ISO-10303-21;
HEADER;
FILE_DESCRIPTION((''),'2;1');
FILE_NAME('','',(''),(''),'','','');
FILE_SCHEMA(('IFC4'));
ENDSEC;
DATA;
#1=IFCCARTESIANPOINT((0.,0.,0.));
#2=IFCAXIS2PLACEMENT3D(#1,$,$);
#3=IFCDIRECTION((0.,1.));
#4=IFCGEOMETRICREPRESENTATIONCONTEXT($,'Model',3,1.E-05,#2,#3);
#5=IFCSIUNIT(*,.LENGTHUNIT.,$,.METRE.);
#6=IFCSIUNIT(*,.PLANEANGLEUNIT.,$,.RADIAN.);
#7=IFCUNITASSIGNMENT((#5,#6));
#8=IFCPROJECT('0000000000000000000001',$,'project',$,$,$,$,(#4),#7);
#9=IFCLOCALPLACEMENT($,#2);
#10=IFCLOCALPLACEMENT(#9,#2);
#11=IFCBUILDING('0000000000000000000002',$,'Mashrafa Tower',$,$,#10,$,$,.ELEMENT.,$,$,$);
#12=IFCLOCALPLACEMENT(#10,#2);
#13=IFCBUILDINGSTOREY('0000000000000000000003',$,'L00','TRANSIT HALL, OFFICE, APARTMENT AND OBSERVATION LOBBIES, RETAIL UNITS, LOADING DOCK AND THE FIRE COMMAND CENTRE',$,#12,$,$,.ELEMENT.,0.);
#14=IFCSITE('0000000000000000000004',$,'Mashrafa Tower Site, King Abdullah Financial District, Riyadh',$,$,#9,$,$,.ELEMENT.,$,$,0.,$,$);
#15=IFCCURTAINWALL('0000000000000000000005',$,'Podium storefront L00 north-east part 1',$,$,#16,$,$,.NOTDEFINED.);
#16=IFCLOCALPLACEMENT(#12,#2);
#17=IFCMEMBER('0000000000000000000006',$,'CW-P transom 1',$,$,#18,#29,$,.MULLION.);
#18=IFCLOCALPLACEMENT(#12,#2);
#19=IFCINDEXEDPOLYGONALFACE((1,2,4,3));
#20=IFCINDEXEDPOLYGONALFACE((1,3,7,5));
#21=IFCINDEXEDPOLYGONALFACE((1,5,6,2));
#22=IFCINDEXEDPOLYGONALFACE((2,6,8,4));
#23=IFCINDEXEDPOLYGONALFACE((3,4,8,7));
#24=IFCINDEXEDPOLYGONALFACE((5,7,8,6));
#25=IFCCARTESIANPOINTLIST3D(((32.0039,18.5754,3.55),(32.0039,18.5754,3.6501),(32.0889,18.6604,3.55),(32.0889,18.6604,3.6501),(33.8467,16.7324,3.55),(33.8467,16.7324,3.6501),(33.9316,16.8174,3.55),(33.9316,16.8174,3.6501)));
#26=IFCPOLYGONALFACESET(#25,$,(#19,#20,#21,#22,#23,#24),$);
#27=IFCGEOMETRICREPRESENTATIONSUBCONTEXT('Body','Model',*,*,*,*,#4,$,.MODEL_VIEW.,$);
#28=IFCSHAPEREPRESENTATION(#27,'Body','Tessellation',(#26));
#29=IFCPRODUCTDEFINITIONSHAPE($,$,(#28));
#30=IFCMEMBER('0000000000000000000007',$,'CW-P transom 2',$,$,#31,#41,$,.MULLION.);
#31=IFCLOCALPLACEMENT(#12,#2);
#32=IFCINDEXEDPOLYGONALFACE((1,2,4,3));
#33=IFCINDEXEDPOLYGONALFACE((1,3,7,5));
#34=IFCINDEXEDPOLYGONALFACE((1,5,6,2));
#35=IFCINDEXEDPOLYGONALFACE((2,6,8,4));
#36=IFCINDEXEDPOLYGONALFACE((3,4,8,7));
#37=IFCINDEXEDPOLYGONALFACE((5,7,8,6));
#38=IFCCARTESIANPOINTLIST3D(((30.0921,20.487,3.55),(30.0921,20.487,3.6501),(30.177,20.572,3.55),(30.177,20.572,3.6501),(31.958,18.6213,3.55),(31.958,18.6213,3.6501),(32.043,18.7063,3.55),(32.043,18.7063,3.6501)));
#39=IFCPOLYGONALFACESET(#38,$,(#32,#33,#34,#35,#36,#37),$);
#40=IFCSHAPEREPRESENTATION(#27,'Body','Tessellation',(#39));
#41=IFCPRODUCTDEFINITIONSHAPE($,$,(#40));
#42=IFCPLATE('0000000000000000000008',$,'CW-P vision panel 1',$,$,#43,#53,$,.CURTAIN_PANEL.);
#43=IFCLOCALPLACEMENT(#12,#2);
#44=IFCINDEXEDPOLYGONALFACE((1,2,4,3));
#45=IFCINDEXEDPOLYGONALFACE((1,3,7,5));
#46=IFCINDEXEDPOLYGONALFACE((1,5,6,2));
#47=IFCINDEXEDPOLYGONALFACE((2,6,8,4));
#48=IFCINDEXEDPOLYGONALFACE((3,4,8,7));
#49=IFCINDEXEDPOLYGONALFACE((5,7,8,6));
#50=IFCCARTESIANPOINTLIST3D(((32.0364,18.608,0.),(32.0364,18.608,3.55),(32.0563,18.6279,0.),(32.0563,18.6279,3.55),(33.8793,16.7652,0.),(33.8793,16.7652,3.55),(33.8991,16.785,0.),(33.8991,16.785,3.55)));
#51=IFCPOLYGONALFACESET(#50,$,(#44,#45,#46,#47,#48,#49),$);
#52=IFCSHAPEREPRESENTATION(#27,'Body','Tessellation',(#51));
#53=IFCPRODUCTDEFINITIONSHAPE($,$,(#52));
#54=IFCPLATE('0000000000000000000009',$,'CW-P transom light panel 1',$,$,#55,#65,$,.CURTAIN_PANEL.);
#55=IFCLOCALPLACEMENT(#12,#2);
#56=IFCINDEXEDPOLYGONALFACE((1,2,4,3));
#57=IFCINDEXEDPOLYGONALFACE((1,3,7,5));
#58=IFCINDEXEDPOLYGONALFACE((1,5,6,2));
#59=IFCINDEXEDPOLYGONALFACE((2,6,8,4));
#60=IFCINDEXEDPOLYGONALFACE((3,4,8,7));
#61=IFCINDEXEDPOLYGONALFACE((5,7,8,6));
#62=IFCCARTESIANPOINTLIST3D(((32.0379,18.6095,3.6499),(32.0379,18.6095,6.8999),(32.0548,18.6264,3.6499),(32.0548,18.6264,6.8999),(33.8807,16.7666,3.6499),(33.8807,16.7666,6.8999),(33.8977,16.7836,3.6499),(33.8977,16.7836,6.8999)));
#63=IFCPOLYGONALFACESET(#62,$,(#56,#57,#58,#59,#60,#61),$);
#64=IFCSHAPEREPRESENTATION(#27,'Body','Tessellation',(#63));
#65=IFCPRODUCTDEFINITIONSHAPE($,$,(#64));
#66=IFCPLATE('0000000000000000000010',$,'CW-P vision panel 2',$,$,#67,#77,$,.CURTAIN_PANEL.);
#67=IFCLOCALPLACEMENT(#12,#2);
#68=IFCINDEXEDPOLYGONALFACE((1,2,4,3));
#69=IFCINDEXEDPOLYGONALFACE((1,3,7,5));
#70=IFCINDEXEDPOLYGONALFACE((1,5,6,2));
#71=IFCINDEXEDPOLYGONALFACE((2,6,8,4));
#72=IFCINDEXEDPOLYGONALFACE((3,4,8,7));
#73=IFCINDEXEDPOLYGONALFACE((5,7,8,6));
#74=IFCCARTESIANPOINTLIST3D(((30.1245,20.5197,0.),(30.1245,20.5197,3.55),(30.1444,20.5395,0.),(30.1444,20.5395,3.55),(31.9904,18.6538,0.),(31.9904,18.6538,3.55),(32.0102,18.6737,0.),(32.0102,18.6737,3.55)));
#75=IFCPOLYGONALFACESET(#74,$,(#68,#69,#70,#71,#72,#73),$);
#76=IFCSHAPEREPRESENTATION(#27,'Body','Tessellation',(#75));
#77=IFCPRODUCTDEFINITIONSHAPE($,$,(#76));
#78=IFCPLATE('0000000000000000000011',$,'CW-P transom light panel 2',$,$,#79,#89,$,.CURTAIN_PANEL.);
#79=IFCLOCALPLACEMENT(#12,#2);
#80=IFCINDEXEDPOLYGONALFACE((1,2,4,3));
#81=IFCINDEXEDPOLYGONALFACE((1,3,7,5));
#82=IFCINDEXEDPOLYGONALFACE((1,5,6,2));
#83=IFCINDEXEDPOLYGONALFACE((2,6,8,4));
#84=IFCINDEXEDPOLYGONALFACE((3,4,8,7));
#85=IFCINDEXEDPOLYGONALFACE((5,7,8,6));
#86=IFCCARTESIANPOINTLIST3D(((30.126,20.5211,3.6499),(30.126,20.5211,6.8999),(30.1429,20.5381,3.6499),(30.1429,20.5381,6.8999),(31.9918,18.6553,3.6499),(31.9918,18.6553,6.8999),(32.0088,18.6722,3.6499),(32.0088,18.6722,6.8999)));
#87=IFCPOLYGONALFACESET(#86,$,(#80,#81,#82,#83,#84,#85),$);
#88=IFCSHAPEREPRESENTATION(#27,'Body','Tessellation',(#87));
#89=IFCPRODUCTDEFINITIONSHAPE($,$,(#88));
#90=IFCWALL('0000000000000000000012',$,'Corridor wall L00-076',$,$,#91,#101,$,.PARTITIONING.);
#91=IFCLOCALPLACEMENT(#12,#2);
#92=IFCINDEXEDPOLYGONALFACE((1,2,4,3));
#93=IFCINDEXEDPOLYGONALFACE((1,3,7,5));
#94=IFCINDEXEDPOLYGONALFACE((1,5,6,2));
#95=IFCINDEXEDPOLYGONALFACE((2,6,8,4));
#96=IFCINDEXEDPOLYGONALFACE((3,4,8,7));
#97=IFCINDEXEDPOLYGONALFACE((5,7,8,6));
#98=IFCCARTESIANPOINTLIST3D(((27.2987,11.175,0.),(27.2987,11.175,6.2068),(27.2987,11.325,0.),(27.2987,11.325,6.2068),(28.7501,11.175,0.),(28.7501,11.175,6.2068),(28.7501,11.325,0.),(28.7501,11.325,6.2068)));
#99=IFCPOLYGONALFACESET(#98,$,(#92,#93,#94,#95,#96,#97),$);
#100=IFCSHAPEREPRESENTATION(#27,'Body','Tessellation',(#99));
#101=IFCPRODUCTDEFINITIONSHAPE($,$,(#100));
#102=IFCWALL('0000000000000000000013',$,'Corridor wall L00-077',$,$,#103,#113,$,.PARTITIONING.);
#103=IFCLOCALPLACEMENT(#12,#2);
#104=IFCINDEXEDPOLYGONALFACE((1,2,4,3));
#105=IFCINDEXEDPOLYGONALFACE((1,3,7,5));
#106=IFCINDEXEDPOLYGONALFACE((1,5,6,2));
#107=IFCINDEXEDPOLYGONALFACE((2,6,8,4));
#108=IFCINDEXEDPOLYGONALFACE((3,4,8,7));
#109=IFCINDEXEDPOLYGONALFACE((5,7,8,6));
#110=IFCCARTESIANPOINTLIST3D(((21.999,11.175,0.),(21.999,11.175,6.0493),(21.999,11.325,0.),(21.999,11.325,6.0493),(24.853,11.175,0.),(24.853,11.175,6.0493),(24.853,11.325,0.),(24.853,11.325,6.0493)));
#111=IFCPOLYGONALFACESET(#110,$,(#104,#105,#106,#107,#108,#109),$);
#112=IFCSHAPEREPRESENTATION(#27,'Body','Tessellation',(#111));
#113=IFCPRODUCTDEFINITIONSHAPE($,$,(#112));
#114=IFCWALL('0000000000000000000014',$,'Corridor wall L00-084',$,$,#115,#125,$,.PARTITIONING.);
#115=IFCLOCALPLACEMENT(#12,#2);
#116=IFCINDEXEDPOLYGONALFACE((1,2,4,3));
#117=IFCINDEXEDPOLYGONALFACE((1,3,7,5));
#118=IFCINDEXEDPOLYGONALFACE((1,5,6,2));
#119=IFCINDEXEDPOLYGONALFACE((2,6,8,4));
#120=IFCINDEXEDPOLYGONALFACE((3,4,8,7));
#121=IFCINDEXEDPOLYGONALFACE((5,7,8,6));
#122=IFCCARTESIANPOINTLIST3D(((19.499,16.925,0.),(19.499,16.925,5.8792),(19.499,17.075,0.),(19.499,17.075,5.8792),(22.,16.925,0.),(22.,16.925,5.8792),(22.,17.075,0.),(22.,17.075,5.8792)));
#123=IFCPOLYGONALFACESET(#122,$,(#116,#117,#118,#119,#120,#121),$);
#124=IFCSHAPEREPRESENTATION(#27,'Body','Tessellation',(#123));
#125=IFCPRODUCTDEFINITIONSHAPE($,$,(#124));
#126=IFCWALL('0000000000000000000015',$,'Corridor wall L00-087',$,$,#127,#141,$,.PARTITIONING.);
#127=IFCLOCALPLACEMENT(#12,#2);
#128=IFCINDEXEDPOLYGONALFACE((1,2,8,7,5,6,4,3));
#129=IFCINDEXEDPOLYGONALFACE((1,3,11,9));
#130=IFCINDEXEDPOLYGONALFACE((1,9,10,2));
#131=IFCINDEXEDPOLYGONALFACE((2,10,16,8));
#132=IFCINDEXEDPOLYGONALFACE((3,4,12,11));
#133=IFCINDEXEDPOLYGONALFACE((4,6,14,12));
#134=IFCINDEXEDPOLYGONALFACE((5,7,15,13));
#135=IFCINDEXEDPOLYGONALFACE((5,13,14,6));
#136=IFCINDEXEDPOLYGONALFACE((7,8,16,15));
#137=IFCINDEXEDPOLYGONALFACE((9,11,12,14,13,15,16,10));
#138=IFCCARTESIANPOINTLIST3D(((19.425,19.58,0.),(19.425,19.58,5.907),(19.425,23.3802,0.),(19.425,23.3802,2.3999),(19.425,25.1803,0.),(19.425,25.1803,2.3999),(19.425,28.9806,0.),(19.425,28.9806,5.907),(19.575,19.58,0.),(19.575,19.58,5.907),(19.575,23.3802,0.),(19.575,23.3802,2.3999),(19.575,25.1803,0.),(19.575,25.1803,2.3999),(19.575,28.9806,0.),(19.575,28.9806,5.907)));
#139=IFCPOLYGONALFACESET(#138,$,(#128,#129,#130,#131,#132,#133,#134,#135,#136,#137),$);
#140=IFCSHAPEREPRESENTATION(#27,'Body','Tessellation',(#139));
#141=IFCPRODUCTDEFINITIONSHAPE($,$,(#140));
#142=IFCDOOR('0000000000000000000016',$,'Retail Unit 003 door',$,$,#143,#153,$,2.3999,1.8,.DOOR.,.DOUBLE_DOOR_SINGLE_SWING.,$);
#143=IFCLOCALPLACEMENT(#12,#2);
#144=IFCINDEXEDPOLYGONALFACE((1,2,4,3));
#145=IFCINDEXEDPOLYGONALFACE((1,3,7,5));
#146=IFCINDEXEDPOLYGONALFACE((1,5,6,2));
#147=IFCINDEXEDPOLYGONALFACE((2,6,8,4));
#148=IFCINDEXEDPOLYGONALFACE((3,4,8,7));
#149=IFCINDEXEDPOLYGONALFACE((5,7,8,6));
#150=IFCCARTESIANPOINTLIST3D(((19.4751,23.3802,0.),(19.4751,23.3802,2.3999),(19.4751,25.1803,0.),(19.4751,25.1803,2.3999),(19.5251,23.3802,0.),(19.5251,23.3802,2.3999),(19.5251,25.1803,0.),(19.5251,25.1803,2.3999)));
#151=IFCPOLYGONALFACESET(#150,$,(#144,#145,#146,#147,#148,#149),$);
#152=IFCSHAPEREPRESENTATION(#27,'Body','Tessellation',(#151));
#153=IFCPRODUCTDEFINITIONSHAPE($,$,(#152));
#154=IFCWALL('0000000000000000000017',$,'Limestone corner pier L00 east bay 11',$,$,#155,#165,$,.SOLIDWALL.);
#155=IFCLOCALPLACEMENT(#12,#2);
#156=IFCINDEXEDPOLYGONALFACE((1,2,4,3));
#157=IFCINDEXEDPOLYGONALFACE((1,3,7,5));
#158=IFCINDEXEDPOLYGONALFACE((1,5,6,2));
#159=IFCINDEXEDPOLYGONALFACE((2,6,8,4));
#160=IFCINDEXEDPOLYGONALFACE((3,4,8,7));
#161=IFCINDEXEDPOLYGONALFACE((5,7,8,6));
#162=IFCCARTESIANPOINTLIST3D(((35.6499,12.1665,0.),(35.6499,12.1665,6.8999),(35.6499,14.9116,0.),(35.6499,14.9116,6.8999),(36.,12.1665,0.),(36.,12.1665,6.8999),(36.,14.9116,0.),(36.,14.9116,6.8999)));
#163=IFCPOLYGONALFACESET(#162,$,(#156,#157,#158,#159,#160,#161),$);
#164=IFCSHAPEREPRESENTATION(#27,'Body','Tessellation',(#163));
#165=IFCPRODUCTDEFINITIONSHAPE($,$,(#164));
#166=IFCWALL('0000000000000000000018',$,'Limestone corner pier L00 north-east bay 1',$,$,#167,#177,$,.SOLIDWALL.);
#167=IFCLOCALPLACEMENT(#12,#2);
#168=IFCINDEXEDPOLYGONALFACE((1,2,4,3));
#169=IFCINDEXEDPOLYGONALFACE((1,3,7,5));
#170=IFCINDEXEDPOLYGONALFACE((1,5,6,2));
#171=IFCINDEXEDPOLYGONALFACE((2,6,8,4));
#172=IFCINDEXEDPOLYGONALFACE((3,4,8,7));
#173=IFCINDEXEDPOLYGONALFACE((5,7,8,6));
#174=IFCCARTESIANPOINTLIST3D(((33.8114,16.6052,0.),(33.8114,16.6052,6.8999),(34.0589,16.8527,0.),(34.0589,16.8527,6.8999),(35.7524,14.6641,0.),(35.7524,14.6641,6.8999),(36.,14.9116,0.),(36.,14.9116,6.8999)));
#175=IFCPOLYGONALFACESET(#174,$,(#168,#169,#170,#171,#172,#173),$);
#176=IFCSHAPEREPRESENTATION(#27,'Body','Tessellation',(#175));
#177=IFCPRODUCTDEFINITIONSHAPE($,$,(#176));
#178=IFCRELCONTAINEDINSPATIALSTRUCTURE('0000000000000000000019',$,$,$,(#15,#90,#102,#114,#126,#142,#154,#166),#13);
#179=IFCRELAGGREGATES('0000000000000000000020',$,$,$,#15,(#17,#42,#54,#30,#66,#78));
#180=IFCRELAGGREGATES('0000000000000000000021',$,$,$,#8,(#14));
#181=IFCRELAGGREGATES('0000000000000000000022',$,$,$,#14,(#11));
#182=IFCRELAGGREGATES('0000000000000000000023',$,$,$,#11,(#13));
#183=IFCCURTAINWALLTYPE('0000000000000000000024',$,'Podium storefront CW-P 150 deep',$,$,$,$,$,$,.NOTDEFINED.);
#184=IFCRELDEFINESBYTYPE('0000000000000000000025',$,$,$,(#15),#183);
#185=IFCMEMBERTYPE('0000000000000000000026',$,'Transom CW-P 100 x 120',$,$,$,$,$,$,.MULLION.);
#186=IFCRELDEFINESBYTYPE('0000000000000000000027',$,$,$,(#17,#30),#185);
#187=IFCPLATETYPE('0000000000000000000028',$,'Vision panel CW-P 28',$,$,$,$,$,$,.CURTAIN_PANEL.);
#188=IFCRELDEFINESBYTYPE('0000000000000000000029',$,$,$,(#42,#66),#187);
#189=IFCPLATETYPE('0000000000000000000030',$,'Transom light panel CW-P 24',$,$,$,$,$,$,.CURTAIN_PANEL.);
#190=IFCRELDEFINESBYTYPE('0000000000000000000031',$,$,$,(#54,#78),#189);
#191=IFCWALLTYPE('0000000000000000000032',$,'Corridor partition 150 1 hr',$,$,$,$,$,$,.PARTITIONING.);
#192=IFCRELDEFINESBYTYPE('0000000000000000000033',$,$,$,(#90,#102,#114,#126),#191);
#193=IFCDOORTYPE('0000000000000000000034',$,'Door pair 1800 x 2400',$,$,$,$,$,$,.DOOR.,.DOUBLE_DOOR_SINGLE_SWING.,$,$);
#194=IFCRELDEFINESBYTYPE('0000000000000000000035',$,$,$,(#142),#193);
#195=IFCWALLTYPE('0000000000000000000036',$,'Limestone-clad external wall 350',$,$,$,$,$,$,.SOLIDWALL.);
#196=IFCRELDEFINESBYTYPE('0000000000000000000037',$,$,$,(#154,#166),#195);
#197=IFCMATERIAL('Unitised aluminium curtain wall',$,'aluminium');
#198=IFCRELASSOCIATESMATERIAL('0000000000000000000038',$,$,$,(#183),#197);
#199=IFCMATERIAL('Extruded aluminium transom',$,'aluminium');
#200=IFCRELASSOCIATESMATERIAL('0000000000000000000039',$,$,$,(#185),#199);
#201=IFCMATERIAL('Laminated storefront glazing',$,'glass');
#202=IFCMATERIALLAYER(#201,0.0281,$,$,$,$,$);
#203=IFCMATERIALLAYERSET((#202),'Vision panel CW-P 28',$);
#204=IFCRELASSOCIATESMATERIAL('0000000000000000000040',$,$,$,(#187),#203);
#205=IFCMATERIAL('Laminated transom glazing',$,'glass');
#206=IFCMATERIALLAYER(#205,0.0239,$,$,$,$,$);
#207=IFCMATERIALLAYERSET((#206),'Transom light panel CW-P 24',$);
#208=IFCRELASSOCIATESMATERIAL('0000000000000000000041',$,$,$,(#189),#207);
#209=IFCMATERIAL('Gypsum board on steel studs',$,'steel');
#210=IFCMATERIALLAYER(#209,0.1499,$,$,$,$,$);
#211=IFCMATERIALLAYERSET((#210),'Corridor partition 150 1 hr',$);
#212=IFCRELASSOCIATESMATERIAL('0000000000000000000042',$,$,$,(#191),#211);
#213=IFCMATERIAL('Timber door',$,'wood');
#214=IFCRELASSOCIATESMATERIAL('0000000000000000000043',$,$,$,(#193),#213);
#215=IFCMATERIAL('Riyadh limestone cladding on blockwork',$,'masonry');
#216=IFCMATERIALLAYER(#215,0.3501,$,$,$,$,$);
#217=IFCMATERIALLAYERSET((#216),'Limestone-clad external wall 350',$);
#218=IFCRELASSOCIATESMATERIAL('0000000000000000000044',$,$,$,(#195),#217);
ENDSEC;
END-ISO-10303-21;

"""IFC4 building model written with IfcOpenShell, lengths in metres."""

from ifc_helpers import new_model, si_unit, direction, frame, frame_2d, origin, origin_2d, place, context, subcontext, project, spatial, rectangle, extrude, source, transform, mapped, material, layer, layer_set, material_profile, profile_set, type_object, type_shapes, element, fill, aggregate, save


model = new_model("IFC4")

# Units and contexts
model_context = context("Model", 3, precision=1e-05, world=origin(), true_north=direction((0.0, 1.0)))
body_context = subcontext(model_context, "Body", "Model", "MODEL_VIEW")
ifc_project = project(units=[si_unit("LENGTHUNIT", "METRE"), si_unit("PLANEANGLEUNIT", "RADIAN")], contexts=[model_context])

# Site, building, storey
site_placement = place(None, origin())
site = spatial("IfcSite", under=ifc_project, at=site_placement, Name="Mashrafa Tower Site, King Abdullah Financial District, Riyadh", CompositionType="ELEMENT", RefElevation=0.0)
building_placement = place(site_placement, origin())
building = spatial("IfcBuilding", under=site, at=building_placement, Name="Mashrafa Tower", CompositionType="ELEMENT")
storey_placement = place(building_placement, origin())
storey = spatial("IfcBuildingStorey", under=building, at=storey_placement, Name="L00", Description="TRANSIT HALL, OFFICE, APARTMENT AND OBSERVATION LOBBIES, RETAIL UNITS, LOADING DOCK AND THE FIRE COMMAND CENTRE", CompositionType="ELEMENT", Elevation=0.0)

# Curtain wall, members, plates
ifc_material_1 = material(Name="Unitised aluminium curtain wall", Category="aluminium")
curtain_wall_type = type_object("IfcCurtainWallType", Name="Podium storefront CW-P 150 deep", PredefinedType="NOTDEFINED", material=ifc_material_1)
curtain_wall_placement = place(storey_placement, origin())
curtain_wall = element("IfcCurtainWall", 1, at=curtain_wall_placement, inside=storey, type_object=curtain_wall_type, Name="Podium storefront L00 north-east part 1", PredefinedType="NOTDEFINED")
ifc_material_2 = material(Name="Extruded aluminium transom", Category="aluminium")
ifc_material_profile_1 = material_profile(ifc_material_2, rectangle(XDim=0.1201, YDim=0.1001, at=origin_2d()), Name="Transom 100x120")
ifc_profile_set_1 = profile_set([ifc_material_profile_1], Name="Extruded aluminium transom")
member_type_1 = type_object("IfcMemberType", Name="Transom CW-P 100 x 120", PredefinedType="MULLION", material=ifc_profile_set_1)
shared_shape_1 = source(origin(), body_context, "Body", "SweptSolid", [
    extrude(rectangle(XDim=0.1201, YDim=0.1001, at=origin_2d()), origin(), (0.0, 0.0, 1.0), 2.6062),
])
member_1_placement = place(storey_placement, frame((33.8892, 16.7749, 3.6001), z_axis=(-0.70706, 0.707154, 0.0), x_axis=(-0.707154, -0.70706, 0.0)))
member_1 = element("IfcMember", 2, at=member_1_placement, type_object=member_type_1, Name="CW-P transom 1", PredefinedType="MULLION", context=body_context, shape_type="MappedRepresentation", body=[
    mapped(shared_shape_1, transform((0.0, 0.0, 0.0))),
])
shared_shape_2 = source(origin(), body_context, "Body", "SweptSolid", [
    extrude(rectangle(XDim=0.1201, YDim=0.1001, at=origin_2d()), origin(), (0.0, 0.0, 1.0), 2.6387),
])
type_shapes(member_type_1, [shared_shape_1, shared_shape_2])
member_2_placement = place(storey_placement, frame((32.0005, 18.6638, 3.6001), z_axis=(-0.707153, 0.707061, 0.0), x_axis=(-0.707061, -0.707153, 0.0)))
member_2 = element("IfcMember", 3, at=member_2_placement, type_object=member_type_1, Name="CW-P transom 2", PredefinedType="MULLION", context=body_context, shape_type="MappedRepresentation", body=[
    mapped(shared_shape_2, transform((0.0, 0.0, 0.0))),
])
ifc_material_3 = material(Name="Laminated storefront glazing", Category="glass")
ifc_layer_1 = layer(ifc_material_3, 0.0281)
ifc_layer_set_1 = layer_set([ifc_layer_1], Name="Vision panel CW-P 28")
plate_type_1 = type_object("IfcPlateType", Name="Vision panel CW-P 28", PredefinedType="CURTAIN_PANEL", material=ifc_layer_set_1)
shared_shape_3 = source(origin(), body_context, "Body", "SweptSolid", [
    extrude(rectangle(XDim=2.6062, YDim=0.0281, at=origin_2d()), origin(), (0.0, 0.0, 1.0), 3.55),
])
plate_1_placement = place(storey_placement, frame((32.9678, 17.6965, 0.0), z_axis=(0.0, 0.0, 1.0), x_axis=(-0.707107, 0.707107, 0.0)))
plate_1 = element("IfcPlate", 4, at=plate_1_placement, type_object=plate_type_1, Name="CW-P vision panel 1", PredefinedType="CURTAIN_PANEL", context=body_context, shape_type="MappedRepresentation", body=[
    mapped(shared_shape_3, transform((0.0, 0.0, 0.0))),
])
ifc_material_4 = material(Name="Laminated transom glazing", Category="glass")
ifc_layer_2 = layer(ifc_material_4, 0.0239)
ifc_layer_set_2 = layer_set([ifc_layer_2], Name="Transom light panel CW-P 24")
plate_type_2 = type_object("IfcPlateType", Name="Transom light panel CW-P 24", PredefinedType="CURTAIN_PANEL", material=ifc_layer_set_2)
shared_shape_4 = source(origin(), body_context, "Body", "SweptSolid", [
    extrude(rectangle(XDim=2.6062, YDim=0.0239, at=origin_2d()), origin(), (0.0, 0.0, 1.0), 3.25),
])
plate_2_placement = place(storey_placement, frame((32.9678, 17.6965, 3.6499), z_axis=(0.0, 0.0, 1.0), x_axis=(-0.707107, 0.707107, 0.0)))
plate_2 = element("IfcPlate", 5, at=plate_2_placement, type_object=plate_type_2, Name="CW-P transom light panel 1", PredefinedType="CURTAIN_PANEL", context=body_context, shape_type="MappedRepresentation", body=[
    mapped(shared_shape_4, transform((0.0, 0.0, 0.0))),
])
shared_shape_5 = source(origin(), body_context, "Body", "SweptSolid", [
    extrude(rectangle(XDim=2.6387, YDim=0.0281, at=origin_2d()), origin(), (0.0, 0.0, 1.0), 3.55),
])
type_shapes(plate_type_1, [shared_shape_3, shared_shape_5])
plate_3_placement = place(storey_placement, frame((31.0674, 19.5967, 0.0), z_axis=(0.0, 0.0, 1.0), x_axis=(-0.707107, 0.707107, 0.0)))
plate_3 = element("IfcPlate", 6, at=plate_3_placement, type_object=plate_type_1, Name="CW-P vision panel 2", PredefinedType="CURTAIN_PANEL", context=body_context, shape_type="MappedRepresentation", body=[
    mapped(shared_shape_5, transform((0.0, 0.0, 0.0))),
])
shared_shape_6 = source(origin(), body_context, "Body", "SweptSolid", [
    extrude(rectangle(XDim=2.6387, YDim=0.0239, at=origin_2d()), origin(), (0.0, 0.0, 1.0), 3.25),
])
type_shapes(plate_type_2, [shared_shape_4, shared_shape_6])
plate_4_placement = place(storey_placement, frame((31.0674, 19.5967, 3.6499), z_axis=(0.0, 0.0, 1.0), x_axis=(-0.707107, 0.707107, 0.0)))
plate_4 = element("IfcPlate", 7, at=plate_4_placement, type_object=plate_type_2, Name="CW-P transom light panel 2", PredefinedType="CURTAIN_PANEL", context=body_context, shape_type="MappedRepresentation", body=[
    mapped(shared_shape_6, transform((0.0, 0.0, 0.0))),
])
aggregate(curtain_wall, [member_1, plate_1, plate_2, member_2, plate_3, plate_4])

# Walls
ifc_material_5 = material(Name="Gypsum board on steel studs", Category="steel")
ifc_layer_3 = layer(ifc_material_5, 0.1499)
ifc_layer_set_3 = layer_set([ifc_layer_3], Name="Corridor partition 150 1 hr")
wall_type_1 = type_object("IfcWallType", Name="Corridor partition 150 1 hr", PredefinedType="PARTITIONING", material=ifc_layer_set_3)
wall_1_placement = place(storey_placement, frame((28.75, 11.25, 0.0), z_axis=(0.0, 0.0, 1.0), x_axis=(-1.0, 0.0, 0.0)))
element("IfcWall", 8, at=wall_1_placement, inside=storey, type_object=wall_type_1, Name="Corridor wall L00-076", PredefinedType="PARTITIONING", context=body_context, shape_type="SweptSolid", body=[
    extrude(rectangle(XDim=1.4514, YDim=0.1499, at=frame_2d((0.7256, 0.0))), origin(), (0.0, 0.0, 1.0), 6.2068),
])
wall_2_placement = place(storey_placement, frame((24.853, 11.25, 0.0), z_axis=(0.0, 0.0, 1.0), x_axis=(-1.0, 0.0, 0.0)))
element("IfcWall", 9, at=wall_2_placement, inside=storey, type_object=wall_type_1, Name="Corridor wall L00-077", PredefinedType="PARTITIONING", context=body_context, shape_type="SweptSolid", body=[
    extrude(rectangle(XDim=2.854, YDim=0.1499, at=frame_2d((1.427, 0.0))), origin(), (0.0, 0.0, 1.0), 6.0493),
])
wall_3_placement = place(storey_placement, frame((22.0, 17.0, 0.0), z_axis=(0.0, 0.0, 1.0), x_axis=(-1.0, 0.0, 0.0)))
element("IfcWall", 10, at=wall_3_placement, inside=storey, type_object=wall_type_1, Name="Corridor wall L00-084", PredefinedType="PARTITIONING", context=body_context, shape_type="SweptSolid", body=[
    extrude(rectangle(XDim=2.501, YDim=0.1499, at=frame_2d((1.2505, 0.0))), origin(), (0.0, 0.0, 1.0), 5.8792),
])

# Wall, opening, door
wall_4_placement = place(storey_placement, frame((19.5, 19.5801, 0.0), z_axis=(0.0, 0.0, 1.0), x_axis=(0.0, 1.0, 0.0)))
wall_4 = element("IfcWall", 11, at=wall_4_placement, inside=storey, type_object=wall_type_1, Name="Corridor wall L00-087", PredefinedType="PARTITIONING", context=body_context, shape_type="SweptSolid", body=[
    extrude(rectangle(XDim=9.4006, YDim=0.1499, at=frame_2d((4.7002, 0.0))), origin(), (0.0, 0.0, 1.0), 5.907),
])
opening_1_placement = place(wall_4_placement, frame((3.8003, 0.0, 0.0)))
opening_1 = element("IfcOpeningElement", 12, at=opening_1_placement, cuts=wall_4, PredefinedType="OPENING", context=body_context, shape_type="SweptSolid", body=[
    extrude(rectangle(XDim=1.8, YDim=2.3999, at=frame_2d((0.8999, 1.2))), frame((0.0, 0.085, 0.0), z_axis=(0.0, -1.0, 0.0), x_axis=(1.0, 0.0, 0.0)), (0.0, 0.0, 1.0), 0.1699),
])
ifc_material_6 = material(Name="Timber door", Category="wood")
door_type_1 = type_object("IfcDoorType", Name="Door pair 1800 x 2400", OperationType="DOUBLE_DOOR_SINGLE_SWING", PredefinedType="DOOR", material=ifc_material_6)
door_1_placement = place(opening_1_placement, origin())
door_1 = element("IfcDoor", 13, at=door_1_placement, inside=storey, type_object=door_type_1, Name="Retail Unit 003 door", OperationType="DOUBLE_DOOR_SINGLE_SWING", OverallHeight=2.3999, OverallWidth=1.8, PredefinedType="DOOR", context=body_context, shape_type="SweptSolid", body=[
    extrude(rectangle(XDim=1.8, YDim=2.3999, at=frame_2d((0.8999, 1.2))), frame((0.0, 0.0249, 0.0), z_axis=(0.0, -1.0, 0.0), x_axis=(1.0, 0.0, 0.0)), (0.0, 0.0, 1.0), 0.05),
])
fill(opening_1, door_1)

# Walls
ifc_material_7 = material(Name="Riyadh limestone cladding on blockwork", Category="masonry")
ifc_layer_4 = layer(ifc_material_7, 0.3501)
ifc_layer_set_4 = layer_set([ifc_layer_4], Name="Limestone-clad external wall 350")
wall_type_2 = type_object("IfcWallType", Name="Limestone-clad external wall 350", PredefinedType="SOLIDWALL", material=ifc_layer_set_4)
for number, where, z_axis, x_axis, name in (
    (14, (35.825, 12.1665, 0.0), (0.0, 0.0, 1.0), (0.0, 1.0, 0.0), "Limestone corner pier L00 east bay 11"),
    (15, (35.8762, 14.7878, 0.0), (0.0, 0.0, 1.0), (-0.707107, 0.707107, 0.0), "Limestone corner pier L00 north-east bay 1"),
):
    element("IfcWall", number, at=place(storey_placement, frame(where, z_axis=z_axis, x_axis=x_axis)), inside=storey, type_object=wall_type_2, Name=name, PredefinedType="SOLIDWALL", context=body_context, shape_type="SweptSolid", body=[
        extrude(rectangle(XDim=2.7451, YDim=0.3501, at=frame_2d((1.3726, 0.0))), origin(), (0.0, 0.0, 1.0), 6.8999),
    ])

save(model, "model.ifc")
